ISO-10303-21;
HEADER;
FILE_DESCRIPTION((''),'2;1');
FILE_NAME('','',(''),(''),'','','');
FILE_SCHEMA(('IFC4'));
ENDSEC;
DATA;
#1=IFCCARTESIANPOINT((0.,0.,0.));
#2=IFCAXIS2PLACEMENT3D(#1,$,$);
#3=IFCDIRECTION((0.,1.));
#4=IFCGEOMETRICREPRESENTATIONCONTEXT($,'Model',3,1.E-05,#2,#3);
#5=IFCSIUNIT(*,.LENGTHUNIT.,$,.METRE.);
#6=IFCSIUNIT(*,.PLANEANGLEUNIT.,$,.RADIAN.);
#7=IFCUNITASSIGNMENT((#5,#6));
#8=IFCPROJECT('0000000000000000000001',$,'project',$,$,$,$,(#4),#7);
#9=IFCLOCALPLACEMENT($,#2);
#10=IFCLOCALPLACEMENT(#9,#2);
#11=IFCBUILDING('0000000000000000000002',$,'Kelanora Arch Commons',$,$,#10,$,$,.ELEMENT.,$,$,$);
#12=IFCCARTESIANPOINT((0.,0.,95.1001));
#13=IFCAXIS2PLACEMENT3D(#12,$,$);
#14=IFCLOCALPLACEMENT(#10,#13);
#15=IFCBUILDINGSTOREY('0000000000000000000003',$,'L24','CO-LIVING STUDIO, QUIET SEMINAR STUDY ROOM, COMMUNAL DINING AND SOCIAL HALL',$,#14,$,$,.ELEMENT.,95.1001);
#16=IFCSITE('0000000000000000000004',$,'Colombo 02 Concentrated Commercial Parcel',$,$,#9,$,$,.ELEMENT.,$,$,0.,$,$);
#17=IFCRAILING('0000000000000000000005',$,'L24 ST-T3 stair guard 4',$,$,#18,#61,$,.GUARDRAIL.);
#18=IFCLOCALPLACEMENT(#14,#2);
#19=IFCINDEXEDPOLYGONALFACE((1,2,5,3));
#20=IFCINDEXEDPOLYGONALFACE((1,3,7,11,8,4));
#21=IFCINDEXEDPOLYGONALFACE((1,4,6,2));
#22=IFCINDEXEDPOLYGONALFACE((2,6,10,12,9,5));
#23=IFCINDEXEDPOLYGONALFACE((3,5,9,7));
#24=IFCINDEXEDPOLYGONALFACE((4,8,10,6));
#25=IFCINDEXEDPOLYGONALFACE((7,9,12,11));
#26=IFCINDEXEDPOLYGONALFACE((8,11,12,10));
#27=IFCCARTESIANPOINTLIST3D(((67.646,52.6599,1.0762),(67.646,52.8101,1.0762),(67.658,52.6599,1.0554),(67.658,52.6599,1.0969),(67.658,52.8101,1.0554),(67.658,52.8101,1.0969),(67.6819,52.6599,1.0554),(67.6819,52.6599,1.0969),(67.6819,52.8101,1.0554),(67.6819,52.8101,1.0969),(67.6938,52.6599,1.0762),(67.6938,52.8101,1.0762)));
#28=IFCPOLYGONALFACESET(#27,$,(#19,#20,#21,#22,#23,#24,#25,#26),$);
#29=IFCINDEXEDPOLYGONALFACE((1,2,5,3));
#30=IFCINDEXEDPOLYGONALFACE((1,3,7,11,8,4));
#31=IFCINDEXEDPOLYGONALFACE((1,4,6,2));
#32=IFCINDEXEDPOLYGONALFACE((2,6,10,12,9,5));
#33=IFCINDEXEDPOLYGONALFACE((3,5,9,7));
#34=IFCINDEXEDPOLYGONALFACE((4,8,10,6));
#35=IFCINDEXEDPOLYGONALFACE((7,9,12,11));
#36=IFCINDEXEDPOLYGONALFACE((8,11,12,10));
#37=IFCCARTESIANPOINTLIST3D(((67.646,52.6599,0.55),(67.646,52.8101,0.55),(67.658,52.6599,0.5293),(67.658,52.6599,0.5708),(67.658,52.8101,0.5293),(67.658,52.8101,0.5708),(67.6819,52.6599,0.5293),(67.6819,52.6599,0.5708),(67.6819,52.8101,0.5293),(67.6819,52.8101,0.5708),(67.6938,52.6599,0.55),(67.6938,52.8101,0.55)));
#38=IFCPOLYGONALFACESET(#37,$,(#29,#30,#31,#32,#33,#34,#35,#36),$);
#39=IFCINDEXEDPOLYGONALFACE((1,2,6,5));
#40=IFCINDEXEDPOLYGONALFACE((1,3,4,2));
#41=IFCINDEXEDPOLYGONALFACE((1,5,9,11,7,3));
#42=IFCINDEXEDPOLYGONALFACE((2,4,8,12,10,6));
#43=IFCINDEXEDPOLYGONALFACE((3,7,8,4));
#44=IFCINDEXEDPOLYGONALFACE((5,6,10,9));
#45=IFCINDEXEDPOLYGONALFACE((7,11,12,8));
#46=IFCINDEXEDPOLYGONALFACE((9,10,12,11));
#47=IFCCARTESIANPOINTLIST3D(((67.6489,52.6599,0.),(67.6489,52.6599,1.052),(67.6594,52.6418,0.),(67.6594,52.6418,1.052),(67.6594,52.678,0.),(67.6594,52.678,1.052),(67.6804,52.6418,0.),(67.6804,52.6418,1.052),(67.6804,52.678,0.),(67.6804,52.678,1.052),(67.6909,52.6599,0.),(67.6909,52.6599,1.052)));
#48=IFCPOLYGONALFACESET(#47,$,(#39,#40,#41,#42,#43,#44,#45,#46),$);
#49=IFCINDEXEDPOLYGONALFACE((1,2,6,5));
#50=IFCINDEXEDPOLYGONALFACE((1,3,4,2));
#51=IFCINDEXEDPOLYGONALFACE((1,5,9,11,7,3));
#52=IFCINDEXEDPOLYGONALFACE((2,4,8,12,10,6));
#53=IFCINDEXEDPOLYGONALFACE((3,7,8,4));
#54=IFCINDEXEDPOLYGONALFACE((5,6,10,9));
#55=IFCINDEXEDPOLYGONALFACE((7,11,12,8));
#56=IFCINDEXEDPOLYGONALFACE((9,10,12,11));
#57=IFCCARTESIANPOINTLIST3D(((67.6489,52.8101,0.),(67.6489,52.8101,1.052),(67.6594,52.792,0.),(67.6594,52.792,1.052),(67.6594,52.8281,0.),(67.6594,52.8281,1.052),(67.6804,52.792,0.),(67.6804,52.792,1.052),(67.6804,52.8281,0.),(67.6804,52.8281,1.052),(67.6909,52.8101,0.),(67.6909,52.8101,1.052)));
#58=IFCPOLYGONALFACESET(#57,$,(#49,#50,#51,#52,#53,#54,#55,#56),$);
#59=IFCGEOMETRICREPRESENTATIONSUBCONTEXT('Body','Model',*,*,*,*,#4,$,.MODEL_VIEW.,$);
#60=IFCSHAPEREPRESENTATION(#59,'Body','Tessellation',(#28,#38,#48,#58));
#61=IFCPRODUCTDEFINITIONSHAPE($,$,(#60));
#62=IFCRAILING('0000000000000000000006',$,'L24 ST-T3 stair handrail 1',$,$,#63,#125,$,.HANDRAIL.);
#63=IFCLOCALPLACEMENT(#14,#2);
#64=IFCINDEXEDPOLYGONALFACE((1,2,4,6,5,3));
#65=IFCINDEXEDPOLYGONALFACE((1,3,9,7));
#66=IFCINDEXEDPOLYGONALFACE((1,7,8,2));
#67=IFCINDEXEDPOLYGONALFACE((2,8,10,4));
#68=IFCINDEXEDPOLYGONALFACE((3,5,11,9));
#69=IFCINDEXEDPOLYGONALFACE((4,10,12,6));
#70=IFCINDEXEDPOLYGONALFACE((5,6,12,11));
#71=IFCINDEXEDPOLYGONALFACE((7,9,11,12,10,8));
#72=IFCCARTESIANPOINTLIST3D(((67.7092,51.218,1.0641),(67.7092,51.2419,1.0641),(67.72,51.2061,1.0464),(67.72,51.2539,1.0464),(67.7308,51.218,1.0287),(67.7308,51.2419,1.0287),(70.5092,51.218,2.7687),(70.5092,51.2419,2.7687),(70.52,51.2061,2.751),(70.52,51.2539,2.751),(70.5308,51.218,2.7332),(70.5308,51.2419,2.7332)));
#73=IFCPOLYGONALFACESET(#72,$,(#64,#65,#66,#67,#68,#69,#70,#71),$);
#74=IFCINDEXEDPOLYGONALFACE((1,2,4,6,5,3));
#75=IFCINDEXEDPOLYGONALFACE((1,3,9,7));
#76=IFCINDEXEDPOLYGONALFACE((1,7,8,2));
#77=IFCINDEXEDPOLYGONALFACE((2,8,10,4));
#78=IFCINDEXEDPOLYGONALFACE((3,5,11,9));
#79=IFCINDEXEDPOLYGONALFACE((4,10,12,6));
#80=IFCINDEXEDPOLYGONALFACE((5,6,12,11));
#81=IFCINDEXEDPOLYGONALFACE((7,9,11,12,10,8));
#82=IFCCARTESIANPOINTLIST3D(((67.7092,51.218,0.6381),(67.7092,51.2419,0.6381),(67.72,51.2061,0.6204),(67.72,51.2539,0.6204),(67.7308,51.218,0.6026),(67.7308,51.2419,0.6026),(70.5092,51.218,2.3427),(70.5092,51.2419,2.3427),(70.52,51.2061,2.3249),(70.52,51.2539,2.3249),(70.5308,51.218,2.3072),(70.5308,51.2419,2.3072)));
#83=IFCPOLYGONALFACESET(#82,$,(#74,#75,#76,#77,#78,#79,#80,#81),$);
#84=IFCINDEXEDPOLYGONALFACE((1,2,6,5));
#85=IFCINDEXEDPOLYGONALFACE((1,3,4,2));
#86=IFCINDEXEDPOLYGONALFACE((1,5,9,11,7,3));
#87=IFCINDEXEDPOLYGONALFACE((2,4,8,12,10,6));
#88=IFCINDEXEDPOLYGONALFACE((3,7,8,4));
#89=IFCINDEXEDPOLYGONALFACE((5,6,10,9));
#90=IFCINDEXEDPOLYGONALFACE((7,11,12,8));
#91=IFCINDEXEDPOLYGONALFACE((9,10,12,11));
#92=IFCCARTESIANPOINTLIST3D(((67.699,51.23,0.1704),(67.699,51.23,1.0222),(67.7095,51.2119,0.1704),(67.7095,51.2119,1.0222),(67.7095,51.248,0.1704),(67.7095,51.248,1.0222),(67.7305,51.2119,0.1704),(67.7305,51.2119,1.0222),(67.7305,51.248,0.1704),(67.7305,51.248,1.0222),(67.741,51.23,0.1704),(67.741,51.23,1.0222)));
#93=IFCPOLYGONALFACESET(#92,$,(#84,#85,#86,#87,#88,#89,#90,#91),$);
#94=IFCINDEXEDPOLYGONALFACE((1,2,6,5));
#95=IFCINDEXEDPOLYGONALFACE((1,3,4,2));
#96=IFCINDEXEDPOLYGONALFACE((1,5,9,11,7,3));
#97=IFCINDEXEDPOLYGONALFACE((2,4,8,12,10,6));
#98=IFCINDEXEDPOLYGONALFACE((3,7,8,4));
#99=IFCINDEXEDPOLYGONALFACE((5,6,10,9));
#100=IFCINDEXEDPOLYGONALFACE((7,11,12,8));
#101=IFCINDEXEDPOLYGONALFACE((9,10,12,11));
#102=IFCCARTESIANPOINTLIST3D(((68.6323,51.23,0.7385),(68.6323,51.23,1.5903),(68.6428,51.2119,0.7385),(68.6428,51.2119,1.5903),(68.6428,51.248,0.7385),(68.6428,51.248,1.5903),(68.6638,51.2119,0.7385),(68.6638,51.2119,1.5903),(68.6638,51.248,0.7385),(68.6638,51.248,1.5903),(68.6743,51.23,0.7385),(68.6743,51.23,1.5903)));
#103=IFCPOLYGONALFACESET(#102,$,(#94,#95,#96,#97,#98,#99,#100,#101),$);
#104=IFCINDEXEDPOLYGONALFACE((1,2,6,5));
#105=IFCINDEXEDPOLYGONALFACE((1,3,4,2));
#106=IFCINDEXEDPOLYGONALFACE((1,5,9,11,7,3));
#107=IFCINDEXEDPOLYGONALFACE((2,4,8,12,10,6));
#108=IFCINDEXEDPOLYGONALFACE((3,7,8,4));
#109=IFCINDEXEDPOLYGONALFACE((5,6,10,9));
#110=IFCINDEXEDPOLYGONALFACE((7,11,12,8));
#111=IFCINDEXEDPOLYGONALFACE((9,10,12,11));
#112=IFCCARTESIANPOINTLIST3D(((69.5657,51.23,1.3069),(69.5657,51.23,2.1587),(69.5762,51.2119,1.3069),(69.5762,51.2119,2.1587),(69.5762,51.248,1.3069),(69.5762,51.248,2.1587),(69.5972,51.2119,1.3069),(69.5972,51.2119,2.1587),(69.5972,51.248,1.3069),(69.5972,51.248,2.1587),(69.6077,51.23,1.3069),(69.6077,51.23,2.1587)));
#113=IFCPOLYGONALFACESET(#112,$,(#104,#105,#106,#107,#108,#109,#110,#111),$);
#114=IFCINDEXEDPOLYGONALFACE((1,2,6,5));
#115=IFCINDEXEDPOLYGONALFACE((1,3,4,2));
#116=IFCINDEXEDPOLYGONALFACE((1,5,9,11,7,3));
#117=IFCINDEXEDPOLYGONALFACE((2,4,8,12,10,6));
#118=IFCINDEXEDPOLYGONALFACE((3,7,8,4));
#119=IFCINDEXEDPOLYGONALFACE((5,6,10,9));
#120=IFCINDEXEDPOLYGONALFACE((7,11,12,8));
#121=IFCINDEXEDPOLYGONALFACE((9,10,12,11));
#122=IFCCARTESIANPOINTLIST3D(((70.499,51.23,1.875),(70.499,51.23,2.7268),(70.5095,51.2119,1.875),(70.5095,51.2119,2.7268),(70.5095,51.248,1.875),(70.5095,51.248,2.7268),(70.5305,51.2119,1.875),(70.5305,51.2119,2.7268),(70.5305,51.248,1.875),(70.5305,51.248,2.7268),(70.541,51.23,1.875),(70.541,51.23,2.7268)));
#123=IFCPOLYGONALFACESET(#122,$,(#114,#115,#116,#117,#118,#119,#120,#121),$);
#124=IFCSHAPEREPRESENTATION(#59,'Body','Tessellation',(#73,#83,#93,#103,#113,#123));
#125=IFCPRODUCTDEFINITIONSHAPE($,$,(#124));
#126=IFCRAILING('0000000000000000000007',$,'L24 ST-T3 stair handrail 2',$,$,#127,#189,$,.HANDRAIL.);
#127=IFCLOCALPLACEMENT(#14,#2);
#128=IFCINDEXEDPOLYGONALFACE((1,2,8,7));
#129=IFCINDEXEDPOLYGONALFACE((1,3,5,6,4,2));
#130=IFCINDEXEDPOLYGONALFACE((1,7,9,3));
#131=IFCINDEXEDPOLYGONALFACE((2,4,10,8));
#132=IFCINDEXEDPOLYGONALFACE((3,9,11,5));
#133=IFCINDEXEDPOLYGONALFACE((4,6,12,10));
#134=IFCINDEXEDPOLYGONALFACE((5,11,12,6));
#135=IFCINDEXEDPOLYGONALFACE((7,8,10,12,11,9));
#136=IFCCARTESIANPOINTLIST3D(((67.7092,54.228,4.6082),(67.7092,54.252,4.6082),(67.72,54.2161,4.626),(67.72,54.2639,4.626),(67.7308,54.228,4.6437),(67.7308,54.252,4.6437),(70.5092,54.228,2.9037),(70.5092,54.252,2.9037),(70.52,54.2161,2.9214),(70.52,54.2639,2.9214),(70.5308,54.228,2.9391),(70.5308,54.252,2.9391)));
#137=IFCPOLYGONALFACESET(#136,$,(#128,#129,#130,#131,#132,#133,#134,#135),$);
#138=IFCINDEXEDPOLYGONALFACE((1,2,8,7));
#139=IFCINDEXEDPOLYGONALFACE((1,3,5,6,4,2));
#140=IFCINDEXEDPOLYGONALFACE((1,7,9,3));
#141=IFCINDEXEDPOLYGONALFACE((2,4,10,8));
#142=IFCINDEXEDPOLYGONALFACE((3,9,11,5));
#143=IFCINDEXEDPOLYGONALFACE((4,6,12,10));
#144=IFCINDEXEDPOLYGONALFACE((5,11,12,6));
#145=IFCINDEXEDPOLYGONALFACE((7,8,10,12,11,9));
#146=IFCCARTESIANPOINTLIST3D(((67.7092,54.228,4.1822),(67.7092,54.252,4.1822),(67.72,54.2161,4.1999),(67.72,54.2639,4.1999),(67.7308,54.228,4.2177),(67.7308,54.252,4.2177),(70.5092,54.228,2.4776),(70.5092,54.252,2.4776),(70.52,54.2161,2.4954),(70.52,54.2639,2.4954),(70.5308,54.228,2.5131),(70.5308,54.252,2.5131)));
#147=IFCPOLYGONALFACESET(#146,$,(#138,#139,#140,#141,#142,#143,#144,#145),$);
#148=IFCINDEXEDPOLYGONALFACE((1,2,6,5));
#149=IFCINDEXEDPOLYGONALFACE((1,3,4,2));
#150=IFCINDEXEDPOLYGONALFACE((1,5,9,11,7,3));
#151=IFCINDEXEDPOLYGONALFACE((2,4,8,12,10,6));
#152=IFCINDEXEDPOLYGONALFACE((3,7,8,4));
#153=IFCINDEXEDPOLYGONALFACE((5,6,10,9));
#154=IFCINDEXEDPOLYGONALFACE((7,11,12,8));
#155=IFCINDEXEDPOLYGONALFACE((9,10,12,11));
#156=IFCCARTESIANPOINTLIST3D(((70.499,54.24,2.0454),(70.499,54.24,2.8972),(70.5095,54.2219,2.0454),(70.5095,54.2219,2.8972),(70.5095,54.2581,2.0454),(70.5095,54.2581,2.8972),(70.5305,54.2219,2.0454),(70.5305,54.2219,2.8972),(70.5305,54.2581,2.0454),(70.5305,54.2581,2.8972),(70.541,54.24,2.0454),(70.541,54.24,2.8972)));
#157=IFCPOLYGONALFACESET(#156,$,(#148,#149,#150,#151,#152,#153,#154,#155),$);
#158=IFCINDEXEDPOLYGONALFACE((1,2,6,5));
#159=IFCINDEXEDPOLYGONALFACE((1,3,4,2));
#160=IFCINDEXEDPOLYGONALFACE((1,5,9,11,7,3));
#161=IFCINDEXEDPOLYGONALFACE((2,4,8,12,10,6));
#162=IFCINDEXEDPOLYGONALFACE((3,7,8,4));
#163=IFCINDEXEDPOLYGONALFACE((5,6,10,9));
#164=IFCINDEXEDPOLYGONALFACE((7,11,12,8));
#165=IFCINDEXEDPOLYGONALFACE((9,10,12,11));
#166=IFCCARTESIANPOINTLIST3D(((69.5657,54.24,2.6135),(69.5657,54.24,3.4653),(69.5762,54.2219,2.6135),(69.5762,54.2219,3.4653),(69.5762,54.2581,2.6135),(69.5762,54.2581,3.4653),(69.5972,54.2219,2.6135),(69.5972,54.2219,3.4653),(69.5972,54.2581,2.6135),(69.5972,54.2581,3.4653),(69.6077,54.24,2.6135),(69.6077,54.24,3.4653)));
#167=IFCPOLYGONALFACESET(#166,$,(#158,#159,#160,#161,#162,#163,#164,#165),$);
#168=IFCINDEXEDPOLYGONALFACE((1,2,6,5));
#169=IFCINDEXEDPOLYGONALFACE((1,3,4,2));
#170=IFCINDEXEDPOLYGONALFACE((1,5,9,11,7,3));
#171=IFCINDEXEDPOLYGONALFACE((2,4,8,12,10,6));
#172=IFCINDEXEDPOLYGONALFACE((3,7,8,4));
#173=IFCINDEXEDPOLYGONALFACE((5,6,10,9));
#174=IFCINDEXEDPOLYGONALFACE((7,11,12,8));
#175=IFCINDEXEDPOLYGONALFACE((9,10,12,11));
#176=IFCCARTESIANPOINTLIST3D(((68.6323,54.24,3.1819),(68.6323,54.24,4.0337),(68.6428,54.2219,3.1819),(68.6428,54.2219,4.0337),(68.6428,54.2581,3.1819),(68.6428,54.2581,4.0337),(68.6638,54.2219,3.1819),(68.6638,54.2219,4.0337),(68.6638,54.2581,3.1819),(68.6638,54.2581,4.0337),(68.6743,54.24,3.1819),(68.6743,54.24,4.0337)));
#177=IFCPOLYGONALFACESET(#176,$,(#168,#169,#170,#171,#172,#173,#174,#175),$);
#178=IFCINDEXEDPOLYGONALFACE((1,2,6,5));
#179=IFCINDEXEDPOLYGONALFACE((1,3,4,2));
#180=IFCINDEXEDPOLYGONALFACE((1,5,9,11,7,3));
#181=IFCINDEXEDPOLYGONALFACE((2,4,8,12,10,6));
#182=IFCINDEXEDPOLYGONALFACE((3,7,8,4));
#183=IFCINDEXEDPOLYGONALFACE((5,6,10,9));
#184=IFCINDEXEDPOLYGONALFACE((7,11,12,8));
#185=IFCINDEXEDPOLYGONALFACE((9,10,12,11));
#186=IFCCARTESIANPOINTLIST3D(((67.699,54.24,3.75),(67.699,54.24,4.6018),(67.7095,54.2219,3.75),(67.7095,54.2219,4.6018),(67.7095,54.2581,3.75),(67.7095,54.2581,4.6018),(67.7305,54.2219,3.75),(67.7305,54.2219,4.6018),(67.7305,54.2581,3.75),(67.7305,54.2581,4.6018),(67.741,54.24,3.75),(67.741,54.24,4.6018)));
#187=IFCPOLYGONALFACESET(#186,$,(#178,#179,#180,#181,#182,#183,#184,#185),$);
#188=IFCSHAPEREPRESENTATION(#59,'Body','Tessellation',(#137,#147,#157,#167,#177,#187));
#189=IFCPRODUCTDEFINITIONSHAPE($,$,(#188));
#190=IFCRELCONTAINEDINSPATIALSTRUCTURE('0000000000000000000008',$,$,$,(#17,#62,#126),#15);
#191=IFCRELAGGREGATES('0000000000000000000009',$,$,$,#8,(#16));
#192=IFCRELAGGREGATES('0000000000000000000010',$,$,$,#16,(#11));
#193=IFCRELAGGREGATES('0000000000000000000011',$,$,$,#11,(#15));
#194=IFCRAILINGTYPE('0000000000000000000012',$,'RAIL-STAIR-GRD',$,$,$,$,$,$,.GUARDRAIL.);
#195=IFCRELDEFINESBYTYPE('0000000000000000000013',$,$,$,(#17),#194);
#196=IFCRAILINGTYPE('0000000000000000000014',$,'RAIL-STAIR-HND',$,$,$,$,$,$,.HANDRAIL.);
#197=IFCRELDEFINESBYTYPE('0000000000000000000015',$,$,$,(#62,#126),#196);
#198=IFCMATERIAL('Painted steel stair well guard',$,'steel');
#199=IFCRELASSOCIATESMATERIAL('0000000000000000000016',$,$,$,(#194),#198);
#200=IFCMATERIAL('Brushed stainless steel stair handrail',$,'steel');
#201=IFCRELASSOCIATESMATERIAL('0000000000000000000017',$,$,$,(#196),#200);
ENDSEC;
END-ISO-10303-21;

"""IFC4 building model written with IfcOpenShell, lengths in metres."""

from ifc_helpers import new_model, si_unit, direction, frame, origin, place, context, subcontext, project, spatial, polyline, outline, extrude, material, type_object, element, save


model = new_model("IFC4")

# Units and contexts
model_context = context("Model", 3, precision=1e-05, world=origin(), true_north=direction((0.0, 1.0)))
body_context = subcontext(model_context, "Body", "Model", "MODEL_VIEW")
ifc_project = project(units=[si_unit("LENGTHUNIT", "METRE"), si_unit("PLANEANGLEUNIT", "RADIAN")], contexts=[model_context])

# Site, building, storey
site_placement = place(None, origin())
site = spatial("IfcSite", under=ifc_project, at=site_placement, Name="Colombo 02 Concentrated Commercial Parcel", CompositionType="ELEMENT", RefElevation=0.0)
building_placement = place(site_placement, origin())
building = spatial("IfcBuilding", under=site, at=building_placement, Name="Kelanora Arch Commons", CompositionType="ELEMENT")
storey_placement = place(building_placement, frame((0.0, 0.0, 95.1001)))
storey = spatial("IfcBuildingStorey", under=building, at=storey_placement, Name="L24", Description="CO-LIVING STUDIO, QUIET SEMINAR STUDY ROOM, COMMUNAL DINING AND SOCIAL HALL", CompositionType="ELEMENT", Elevation=95.1001)

# Railings
ifc_material_1 = material(Name="Painted steel stair well guard", Category="steel")
railing_type_1 = type_object("IfcRailingType", Name="RAIL-STAIR-GRD", PredefinedType="GUARDRAIL", material=ifc_material_1)
railing_1_placement = place(storey_placement, frame((67.6699, 52.6599, 0.0)))
element("IfcRailing", 1, at=railing_1_placement, inside=storey, type_object=railing_type_1, Name="L24 ST-T3 stair guard 4", PredefinedType="GUARDRAIL", context=body_context, shape_type="SweptSolid", body=[
    extrude(outline(polyline([(0.0239, 0.0), (0.012, 0.0208), (-0.012, 0.0208), (-0.0239, 0.0), (-0.012, -0.0208), (0.012, -0.0208), (0.0239, 0.0)])), frame((0.0, 0.0, 1.0762), z_axis=(0.0, 1.0, 0.0), x_axis=(-1.0, 0.0, 0.0)), (0.0, 0.0, 1.0), 0.1501),
    extrude(outline(polyline([(0.0239, 0.0), (0.012, 0.0208), (-0.012, 0.0208), (-0.0239, 0.0), (-0.012, -0.0208), (0.012, -0.0208), (0.0239, 0.0)])), frame((0.0, 0.0, 0.55), z_axis=(0.0, 1.0, 0.0), x_axis=(-1.0, 0.0, 0.0)), (0.0, 0.0, 1.0), 0.1501),
    extrude(outline(polyline([(0.021, 0.0), (0.0105, 0.0181), (-0.0105, 0.0181), (-0.021, 0.0), (-0.0105, -0.0181), (0.0105, -0.0181), (0.021, 0.0)])), origin(), (0.0, 0.0, 1.0), 1.052),
    extrude(outline(polyline([(0.021, 0.0), (0.0105, 0.0181), (-0.0105, 0.0181), (-0.021, 0.0), (-0.0105, -0.0181), (0.0105, -0.0181), (0.021, 0.0)])), frame((0.0, 0.1501, 0.0)), (0.0, 0.0, 1.0), 1.052),
])
ifc_material_2 = material(Name="Brushed stainless steel stair handrail", Category="steel")
railing_type_2 = type_object("IfcRailingType", Name="RAIL-STAIR-HND", PredefinedType="HANDRAIL", material=ifc_material_2)
railing_2_placement = place(storey_placement, frame((67.72, 51.23, 0.1704)))
element("IfcRailing", 2, at=railing_2_placement, inside=storey, type_object=railing_type_2, Name="L24 ST-T3 stair handrail 1", PredefinedType="HANDRAIL", context=body_context, shape_type="SweptSolid", body=[
    extrude(outline(polyline([(0.0239, 0.0), (0.012, 0.0208), (-0.012, 0.0208), (-0.0239, 0.0), (-0.012, -0.0208), (0.012, -0.0208), (0.0239, 0.0)])), frame((0.0, 0.0, 0.876), z_axis=(0.85417, 0.0, 0.519994), x_axis=(0.0, 1.0, 0.0)), (0.0, 0.0, 1.0), 3.2781),
    extrude(outline(polyline([(0.0239, 0.0), (0.012, 0.0208), (-0.012, 0.0208), (-0.0239, 0.0), (-0.012, -0.0208), (0.012, -0.0208), (0.0239, 0.0)])), frame((0.0, 0.0, 0.45), z_axis=(0.85417, 0.0, 0.519994), x_axis=(0.0, 1.0, 0.0)), (0.0, 0.0, 1.0), 3.2781),
    extrude(outline(polyline([(0.021, 0.0), (0.0105, 0.0181), (-0.0105, 0.0181), (-0.021, 0.0), (-0.0105, -0.0181), (0.0105, -0.0181), (0.021, 0.0)])), origin(), (0.0, 0.0, 1.0), 0.8518),
    extrude(outline(polyline([(0.021, 0.0), (0.0105, 0.0181), (-0.0105, 0.0181), (-0.021, 0.0), (-0.0105, -0.0181), (0.0105, -0.0181), (0.021, 0.0)])), frame((0.9333, 0.0, 0.5681)), (0.0, 0.0, 1.0), 0.8518),
    extrude(outline(polyline([(0.021, 0.0), (0.0105, 0.0181), (-0.0105, 0.0181), (-0.021, 0.0), (-0.0105, -0.0181), (0.0105, -0.0181), (0.021, 0.0)])), frame((1.8667, 0.0, 1.1365)), (0.0, 0.0, 1.0), 0.8518),
    extrude(outline(polyline([(0.021, 0.0), (0.0105, 0.0181), (-0.0105, 0.0181), (-0.021, 0.0), (-0.0105, -0.0181), (0.0105, -0.0181), (0.021, 0.0)])), frame((2.8, 0.0, 1.7046)), (0.0, 0.0, 1.0), 0.8518),
])
railing_3_placement = place(storey_placement, frame((70.52, 54.24, 2.0454)))
element("IfcRailing", 3, at=railing_3_placement, inside=storey, type_object=railing_type_2, Name="L24 ST-T3 stair handrail 2", PredefinedType="HANDRAIL", context=body_context, shape_type="SweptSolid", body=[
    extrude(outline(polyline([(0.0239, 0.0), (0.012, 0.0208), (-0.012, 0.0208), (-0.0239, 0.0), (-0.012, -0.0208), (0.012, -0.0208), (0.0239, 0.0)])), frame((0.0, 0.0, 0.876), z_axis=(-0.85417, 0.0, 0.519994), x_axis=(0.0, -1.0, 0.0)), (0.0, 0.0, 1.0), 3.2781),
    extrude(outline(polyline([(0.0239, 0.0), (0.012, 0.0208), (-0.012, 0.0208), (-0.0239, 0.0), (-0.012, -0.0208), (0.012, -0.0208), (0.0239, 0.0)])), frame((0.0, 0.0, 0.45), z_axis=(-0.85417, 0.0, 0.519994), x_axis=(0.0, -1.0, 0.0)), (0.0, 0.0, 1.0), 3.2781),
    extrude(outline(polyline([(0.021, 0.0), (0.0105, 0.0181), (-0.0105, 0.0181), (-0.021, 0.0), (-0.0105, -0.0181), (0.0105, -0.0181), (0.021, 0.0)])), origin(), (0.0, 0.0, 1.0), 0.8518),
    extrude(outline(polyline([(0.021, 0.0), (0.0105, 0.0181), (-0.0105, 0.0181), (-0.021, 0.0), (-0.0105, -0.0181), (0.0105, -0.0181), (0.021, 0.0)])), frame((-0.9333, 0.0, 0.5681)), (0.0, 0.0, 1.0), 0.8518),
    extrude(outline(polyline([(0.021, 0.0), (0.0105, 0.0181), (-0.0105, 0.0181), (-0.021, 0.0), (-0.0105, -0.0181), (0.0105, -0.0181), (0.021, 0.0)])), frame((-1.8667, 0.0, 1.1365)), (0.0, 0.0, 1.0), 0.8518),
    extrude(outline(polyline([(0.021, 0.0), (0.0105, 0.0181), (-0.0105, 0.0181), (-0.021, 0.0), (-0.0105, -0.0181), (0.0105, -0.0181), (0.021, 0.0)])), frame((-2.8, 0.0, 1.7046)), (0.0, 0.0, 1.0), 0.8518),
])

save(model, "model.ifc")
